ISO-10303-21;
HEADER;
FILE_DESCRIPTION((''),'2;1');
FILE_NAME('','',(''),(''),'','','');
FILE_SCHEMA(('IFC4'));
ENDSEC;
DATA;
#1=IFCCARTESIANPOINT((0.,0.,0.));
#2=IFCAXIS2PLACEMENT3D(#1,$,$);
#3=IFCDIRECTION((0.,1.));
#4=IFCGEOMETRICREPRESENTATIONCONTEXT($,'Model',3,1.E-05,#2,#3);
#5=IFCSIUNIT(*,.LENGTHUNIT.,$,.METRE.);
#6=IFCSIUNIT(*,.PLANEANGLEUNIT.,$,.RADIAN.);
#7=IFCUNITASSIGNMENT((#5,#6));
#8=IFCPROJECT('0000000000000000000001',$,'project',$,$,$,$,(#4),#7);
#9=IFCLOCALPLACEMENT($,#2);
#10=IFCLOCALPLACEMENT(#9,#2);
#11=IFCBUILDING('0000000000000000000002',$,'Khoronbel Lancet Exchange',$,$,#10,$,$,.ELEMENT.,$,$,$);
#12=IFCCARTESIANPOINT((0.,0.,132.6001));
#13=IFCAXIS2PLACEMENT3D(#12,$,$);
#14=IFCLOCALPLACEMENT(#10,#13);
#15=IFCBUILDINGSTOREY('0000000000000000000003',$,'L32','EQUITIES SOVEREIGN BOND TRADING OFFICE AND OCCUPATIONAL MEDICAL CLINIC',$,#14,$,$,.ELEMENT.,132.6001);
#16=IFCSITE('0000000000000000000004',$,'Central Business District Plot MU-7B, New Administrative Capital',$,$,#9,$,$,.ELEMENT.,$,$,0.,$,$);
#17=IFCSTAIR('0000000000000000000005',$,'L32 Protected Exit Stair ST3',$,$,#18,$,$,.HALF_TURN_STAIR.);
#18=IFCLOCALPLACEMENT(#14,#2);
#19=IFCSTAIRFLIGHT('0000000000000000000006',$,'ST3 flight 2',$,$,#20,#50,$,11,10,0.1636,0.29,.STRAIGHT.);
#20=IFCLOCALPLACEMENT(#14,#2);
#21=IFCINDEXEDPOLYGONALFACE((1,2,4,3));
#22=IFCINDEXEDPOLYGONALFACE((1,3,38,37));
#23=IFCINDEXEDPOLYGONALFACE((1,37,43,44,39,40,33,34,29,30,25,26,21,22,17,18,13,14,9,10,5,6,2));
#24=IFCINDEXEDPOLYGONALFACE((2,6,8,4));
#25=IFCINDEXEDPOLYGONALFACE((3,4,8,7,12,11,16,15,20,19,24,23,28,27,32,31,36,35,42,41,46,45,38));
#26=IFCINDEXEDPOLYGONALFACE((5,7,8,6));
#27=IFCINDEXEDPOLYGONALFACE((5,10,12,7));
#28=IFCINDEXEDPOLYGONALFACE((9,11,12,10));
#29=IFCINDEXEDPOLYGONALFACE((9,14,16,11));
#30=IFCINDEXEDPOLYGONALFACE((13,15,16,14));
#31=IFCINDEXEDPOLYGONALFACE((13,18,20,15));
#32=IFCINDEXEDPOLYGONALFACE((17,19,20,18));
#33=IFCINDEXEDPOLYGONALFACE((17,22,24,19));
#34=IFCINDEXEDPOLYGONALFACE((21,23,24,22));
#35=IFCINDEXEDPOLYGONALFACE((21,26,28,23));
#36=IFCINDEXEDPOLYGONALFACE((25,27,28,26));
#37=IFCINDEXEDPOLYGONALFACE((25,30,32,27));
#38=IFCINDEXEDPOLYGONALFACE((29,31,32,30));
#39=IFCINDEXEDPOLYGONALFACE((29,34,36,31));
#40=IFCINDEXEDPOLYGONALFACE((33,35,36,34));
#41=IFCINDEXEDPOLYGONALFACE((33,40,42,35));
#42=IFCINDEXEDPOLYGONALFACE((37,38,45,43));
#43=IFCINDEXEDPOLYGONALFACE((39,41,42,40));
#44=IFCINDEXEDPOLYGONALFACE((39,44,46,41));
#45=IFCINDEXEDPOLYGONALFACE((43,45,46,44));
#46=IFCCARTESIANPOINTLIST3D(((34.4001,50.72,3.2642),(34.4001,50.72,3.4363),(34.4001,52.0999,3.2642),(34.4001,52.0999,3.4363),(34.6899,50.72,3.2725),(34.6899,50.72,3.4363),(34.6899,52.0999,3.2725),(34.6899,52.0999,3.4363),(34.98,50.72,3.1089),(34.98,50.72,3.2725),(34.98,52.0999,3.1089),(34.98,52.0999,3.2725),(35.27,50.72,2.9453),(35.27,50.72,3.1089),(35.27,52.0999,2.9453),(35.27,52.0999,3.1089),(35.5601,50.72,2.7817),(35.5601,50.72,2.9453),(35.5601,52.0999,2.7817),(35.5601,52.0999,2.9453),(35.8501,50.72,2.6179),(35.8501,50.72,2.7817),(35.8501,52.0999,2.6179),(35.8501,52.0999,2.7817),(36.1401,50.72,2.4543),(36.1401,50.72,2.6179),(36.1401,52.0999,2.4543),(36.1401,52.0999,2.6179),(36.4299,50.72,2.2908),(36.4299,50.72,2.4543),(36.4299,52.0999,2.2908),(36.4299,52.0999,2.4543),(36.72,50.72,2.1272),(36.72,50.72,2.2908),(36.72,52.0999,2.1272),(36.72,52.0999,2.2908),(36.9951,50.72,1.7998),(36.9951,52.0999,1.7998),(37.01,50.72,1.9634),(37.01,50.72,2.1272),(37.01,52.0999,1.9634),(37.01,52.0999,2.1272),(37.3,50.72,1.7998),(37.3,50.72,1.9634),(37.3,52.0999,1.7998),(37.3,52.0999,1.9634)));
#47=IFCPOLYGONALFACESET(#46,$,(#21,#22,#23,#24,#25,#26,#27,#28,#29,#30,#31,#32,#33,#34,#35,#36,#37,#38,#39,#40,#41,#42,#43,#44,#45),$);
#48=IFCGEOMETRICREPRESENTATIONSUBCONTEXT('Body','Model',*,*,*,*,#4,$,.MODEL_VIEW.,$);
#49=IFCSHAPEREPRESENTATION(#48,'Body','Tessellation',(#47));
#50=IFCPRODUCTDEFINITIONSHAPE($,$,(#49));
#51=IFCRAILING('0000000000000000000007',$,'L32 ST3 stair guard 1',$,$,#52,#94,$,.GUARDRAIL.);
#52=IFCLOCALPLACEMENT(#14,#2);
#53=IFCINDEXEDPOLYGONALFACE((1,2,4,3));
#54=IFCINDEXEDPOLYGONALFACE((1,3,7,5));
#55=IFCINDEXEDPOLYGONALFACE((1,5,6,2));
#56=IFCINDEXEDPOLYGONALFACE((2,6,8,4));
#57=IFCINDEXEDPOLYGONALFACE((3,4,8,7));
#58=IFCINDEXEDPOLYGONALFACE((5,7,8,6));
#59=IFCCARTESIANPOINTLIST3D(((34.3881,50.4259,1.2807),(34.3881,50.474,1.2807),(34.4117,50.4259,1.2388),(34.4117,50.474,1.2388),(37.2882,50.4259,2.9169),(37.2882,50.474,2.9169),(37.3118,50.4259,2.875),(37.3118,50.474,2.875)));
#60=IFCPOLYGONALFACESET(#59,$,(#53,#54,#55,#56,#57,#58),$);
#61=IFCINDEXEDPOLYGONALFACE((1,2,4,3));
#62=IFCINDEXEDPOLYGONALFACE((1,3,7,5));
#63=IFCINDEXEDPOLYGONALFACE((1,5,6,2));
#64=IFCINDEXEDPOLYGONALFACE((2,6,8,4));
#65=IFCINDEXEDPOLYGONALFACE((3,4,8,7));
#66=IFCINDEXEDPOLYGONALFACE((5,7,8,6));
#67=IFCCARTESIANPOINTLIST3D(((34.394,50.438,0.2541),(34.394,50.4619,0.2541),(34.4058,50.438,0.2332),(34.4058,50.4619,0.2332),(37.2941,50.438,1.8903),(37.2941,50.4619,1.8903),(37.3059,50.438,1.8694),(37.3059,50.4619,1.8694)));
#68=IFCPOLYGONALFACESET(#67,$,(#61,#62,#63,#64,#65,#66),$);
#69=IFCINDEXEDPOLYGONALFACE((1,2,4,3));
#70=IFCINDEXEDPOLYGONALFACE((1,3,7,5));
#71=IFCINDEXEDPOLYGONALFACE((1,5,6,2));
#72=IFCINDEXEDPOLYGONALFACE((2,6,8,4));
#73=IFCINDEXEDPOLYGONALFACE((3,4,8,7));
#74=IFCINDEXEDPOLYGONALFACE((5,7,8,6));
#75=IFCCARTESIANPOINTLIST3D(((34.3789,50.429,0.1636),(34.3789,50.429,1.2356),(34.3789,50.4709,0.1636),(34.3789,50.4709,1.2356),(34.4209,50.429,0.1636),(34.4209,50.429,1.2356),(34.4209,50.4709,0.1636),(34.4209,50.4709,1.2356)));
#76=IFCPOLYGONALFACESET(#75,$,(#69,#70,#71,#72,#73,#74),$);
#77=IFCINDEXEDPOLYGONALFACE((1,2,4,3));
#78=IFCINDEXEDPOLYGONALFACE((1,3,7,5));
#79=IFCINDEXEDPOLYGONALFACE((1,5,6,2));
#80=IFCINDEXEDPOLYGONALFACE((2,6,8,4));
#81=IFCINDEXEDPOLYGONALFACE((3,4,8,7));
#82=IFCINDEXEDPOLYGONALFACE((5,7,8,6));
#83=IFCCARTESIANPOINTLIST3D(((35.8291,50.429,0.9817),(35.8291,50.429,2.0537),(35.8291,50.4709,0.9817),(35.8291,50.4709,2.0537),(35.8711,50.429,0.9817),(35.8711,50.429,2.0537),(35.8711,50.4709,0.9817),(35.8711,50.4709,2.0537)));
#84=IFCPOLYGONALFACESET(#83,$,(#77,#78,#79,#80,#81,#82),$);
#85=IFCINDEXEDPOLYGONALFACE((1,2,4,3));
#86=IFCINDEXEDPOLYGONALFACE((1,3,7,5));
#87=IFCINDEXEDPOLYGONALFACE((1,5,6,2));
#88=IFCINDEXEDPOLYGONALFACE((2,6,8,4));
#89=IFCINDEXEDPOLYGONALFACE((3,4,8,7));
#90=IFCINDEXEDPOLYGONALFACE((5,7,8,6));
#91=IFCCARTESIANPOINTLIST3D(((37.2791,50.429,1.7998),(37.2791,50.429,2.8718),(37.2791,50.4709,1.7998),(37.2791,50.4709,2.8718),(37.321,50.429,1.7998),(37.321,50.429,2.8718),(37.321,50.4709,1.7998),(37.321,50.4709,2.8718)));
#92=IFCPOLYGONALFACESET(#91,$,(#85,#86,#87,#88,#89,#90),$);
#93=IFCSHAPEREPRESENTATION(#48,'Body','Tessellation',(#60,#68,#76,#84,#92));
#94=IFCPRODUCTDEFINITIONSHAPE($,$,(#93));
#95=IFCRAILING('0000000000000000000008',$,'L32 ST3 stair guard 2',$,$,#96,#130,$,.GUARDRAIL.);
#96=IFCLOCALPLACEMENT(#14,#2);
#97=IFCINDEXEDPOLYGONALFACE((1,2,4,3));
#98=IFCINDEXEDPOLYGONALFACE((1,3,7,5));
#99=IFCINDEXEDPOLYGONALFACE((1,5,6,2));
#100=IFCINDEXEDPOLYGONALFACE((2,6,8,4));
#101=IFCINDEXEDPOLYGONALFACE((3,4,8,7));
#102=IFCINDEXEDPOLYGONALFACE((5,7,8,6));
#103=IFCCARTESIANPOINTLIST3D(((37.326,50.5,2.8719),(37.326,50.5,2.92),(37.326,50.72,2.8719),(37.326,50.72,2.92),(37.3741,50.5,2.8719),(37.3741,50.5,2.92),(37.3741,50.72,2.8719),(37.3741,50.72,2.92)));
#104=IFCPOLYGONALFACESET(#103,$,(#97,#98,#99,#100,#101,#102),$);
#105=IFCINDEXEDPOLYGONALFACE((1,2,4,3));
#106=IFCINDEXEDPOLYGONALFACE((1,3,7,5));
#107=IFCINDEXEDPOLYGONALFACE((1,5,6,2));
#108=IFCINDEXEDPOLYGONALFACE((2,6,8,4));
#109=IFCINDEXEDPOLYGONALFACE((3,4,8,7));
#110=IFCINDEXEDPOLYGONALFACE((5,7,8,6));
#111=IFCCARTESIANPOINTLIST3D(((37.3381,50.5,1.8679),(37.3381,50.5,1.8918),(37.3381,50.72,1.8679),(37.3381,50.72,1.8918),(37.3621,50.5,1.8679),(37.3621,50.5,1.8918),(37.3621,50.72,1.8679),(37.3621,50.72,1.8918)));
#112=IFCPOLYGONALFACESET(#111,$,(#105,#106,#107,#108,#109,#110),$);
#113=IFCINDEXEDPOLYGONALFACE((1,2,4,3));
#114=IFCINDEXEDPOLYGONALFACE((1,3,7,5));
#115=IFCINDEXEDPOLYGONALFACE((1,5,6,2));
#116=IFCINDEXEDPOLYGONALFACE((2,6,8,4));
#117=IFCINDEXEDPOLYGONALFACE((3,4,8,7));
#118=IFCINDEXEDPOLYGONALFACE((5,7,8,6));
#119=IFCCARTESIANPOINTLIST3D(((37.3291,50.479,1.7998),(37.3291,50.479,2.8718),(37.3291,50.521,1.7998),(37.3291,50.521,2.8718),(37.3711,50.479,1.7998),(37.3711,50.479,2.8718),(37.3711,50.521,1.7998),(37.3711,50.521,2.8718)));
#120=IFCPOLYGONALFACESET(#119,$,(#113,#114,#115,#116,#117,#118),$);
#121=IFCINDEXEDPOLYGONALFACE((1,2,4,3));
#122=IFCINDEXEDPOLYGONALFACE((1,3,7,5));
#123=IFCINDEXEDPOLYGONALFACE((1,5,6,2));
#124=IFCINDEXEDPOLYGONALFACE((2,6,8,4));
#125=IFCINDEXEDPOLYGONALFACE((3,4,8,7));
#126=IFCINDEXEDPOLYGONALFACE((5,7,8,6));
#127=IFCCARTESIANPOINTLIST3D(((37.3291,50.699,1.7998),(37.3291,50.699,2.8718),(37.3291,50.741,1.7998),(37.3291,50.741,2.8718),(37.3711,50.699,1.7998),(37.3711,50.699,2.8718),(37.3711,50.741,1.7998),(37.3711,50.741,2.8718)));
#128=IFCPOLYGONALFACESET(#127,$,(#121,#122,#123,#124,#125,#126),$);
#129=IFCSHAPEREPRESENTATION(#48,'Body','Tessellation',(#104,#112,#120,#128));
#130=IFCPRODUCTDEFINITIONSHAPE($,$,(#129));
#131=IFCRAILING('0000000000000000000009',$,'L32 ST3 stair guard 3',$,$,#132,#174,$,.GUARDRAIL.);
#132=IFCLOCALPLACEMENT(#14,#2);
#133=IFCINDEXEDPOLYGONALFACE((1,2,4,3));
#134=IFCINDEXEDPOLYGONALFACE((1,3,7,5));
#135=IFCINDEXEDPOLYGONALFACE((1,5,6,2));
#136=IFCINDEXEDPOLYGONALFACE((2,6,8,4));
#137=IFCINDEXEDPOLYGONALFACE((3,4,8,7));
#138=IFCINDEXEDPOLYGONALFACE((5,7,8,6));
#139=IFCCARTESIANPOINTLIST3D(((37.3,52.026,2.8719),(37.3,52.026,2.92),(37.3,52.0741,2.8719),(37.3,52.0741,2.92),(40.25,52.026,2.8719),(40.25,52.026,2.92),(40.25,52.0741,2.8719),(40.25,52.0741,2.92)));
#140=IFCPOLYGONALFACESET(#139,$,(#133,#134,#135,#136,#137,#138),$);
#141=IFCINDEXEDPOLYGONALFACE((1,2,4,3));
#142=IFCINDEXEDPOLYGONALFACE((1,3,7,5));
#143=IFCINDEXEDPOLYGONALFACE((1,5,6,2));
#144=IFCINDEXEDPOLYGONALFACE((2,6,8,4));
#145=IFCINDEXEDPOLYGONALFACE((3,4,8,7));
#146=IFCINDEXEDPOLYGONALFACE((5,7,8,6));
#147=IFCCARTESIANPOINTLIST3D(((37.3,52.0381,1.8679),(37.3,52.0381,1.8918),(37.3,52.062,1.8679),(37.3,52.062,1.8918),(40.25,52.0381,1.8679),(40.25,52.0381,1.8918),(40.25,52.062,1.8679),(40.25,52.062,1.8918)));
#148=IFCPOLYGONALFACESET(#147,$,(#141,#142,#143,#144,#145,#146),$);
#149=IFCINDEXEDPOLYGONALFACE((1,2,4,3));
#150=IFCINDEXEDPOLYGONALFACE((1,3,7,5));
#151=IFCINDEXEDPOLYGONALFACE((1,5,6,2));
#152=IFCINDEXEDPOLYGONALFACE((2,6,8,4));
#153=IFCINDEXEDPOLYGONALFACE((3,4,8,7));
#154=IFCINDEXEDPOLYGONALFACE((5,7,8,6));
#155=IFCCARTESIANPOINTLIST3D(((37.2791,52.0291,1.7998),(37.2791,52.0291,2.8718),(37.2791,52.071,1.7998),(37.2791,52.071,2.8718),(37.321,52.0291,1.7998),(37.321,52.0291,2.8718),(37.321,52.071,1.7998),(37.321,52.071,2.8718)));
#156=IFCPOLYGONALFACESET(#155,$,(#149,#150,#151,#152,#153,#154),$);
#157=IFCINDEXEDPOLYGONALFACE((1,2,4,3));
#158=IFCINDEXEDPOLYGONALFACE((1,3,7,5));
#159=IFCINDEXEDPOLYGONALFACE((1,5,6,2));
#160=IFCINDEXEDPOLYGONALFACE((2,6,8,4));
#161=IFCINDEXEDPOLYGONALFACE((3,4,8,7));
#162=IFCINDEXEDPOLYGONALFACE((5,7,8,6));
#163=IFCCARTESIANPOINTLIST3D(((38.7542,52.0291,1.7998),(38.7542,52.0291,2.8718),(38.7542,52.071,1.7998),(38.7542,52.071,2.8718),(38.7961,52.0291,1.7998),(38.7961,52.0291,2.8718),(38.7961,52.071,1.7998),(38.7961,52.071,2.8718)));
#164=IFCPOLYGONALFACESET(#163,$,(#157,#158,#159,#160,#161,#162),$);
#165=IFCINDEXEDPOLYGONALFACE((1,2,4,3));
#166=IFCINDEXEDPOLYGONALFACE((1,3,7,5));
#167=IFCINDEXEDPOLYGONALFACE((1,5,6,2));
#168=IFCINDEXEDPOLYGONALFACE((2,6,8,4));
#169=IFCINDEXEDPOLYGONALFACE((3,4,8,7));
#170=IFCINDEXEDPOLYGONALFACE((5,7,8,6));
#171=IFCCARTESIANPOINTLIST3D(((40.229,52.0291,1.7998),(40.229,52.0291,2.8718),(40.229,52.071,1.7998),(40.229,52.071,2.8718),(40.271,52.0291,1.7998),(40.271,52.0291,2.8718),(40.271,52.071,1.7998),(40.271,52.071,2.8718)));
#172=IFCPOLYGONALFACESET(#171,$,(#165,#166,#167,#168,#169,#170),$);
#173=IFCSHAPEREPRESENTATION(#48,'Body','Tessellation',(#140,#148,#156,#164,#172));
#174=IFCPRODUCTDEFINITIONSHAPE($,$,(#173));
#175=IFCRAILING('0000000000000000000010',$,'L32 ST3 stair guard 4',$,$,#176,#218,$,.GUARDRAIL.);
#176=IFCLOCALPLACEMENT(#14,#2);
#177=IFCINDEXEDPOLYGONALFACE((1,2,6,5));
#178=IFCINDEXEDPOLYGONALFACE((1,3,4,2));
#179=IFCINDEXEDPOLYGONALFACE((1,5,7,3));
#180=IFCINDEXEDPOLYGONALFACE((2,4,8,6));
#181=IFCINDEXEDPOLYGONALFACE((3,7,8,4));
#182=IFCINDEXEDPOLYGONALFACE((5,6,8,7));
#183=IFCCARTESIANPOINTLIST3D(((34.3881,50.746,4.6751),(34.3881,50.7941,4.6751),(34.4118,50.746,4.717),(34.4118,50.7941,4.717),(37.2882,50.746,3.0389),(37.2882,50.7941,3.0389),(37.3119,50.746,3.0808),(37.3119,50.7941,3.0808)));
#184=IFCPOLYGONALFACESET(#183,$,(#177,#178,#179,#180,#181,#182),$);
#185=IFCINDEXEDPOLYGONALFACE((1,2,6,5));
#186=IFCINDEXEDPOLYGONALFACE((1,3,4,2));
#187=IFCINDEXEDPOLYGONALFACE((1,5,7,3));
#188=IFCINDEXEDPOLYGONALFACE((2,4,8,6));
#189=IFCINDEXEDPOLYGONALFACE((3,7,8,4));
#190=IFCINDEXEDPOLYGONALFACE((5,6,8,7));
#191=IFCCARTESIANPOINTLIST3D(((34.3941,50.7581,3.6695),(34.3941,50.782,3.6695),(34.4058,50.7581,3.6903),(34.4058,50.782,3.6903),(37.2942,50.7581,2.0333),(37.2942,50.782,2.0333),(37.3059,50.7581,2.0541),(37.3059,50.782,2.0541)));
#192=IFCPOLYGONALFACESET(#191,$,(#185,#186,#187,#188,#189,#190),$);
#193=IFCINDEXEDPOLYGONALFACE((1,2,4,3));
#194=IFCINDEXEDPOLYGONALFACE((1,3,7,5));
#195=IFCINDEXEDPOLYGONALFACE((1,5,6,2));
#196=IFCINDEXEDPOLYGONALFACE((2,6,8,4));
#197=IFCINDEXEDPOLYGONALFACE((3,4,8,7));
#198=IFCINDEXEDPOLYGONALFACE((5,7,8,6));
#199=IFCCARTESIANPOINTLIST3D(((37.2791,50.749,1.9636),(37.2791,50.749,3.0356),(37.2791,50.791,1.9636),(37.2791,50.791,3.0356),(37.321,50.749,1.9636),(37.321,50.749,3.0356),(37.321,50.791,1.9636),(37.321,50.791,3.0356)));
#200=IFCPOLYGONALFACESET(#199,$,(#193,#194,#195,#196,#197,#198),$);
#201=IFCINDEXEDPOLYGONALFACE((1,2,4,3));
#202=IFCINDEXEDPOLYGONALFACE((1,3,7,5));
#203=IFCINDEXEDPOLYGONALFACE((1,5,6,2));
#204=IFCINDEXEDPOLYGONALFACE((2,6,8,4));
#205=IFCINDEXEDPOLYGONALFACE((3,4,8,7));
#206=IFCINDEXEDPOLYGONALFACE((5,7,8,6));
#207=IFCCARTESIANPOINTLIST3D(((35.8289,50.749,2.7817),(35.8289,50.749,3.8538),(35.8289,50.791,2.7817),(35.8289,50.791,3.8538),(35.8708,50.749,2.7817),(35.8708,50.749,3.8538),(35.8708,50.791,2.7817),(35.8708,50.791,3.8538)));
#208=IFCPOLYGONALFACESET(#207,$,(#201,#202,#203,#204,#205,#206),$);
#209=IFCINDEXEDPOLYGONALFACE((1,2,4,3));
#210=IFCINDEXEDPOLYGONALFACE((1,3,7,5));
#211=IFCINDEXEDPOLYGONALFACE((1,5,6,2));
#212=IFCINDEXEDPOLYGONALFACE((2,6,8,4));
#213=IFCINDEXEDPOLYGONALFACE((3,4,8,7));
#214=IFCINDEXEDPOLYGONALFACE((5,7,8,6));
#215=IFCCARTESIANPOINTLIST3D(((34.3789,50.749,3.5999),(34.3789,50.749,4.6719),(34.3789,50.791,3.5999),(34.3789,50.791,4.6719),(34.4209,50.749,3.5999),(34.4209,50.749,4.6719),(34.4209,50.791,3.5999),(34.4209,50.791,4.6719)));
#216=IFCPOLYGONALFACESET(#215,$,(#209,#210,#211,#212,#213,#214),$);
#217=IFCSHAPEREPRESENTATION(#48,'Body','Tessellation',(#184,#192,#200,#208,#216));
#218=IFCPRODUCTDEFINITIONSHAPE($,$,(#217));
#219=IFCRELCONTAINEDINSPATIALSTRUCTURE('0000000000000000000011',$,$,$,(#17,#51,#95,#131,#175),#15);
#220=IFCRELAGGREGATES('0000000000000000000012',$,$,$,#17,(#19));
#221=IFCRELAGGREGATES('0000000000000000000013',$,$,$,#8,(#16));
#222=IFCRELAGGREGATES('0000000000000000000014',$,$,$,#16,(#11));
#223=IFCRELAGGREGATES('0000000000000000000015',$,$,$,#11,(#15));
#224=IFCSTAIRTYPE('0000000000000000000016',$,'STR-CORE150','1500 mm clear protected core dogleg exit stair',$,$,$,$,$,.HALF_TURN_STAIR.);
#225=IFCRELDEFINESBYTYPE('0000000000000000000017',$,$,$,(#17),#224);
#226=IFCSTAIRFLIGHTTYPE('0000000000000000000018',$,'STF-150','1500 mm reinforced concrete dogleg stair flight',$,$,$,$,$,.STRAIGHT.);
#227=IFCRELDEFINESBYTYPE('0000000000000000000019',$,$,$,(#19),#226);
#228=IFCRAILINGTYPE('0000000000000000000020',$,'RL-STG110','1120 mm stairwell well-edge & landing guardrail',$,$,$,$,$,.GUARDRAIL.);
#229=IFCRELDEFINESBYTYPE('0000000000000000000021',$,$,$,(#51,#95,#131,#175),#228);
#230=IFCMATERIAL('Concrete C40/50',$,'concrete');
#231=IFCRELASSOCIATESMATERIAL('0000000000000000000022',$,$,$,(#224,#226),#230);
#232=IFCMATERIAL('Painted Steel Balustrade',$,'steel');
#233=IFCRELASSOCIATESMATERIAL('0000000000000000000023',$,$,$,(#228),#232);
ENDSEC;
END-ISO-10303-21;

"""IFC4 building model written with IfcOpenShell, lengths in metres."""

from ifc_helpers import new_model, si_unit, direction, frame, origin, origin_2d, place, context, subcontext, project, spatial, polyline, rectangle, outline, extrude, material, type_object, element, aggregate, save


model = new_model("IFC4")

# Units and contexts
model_context = context("Model", 3, precision=1e-05, world=origin(), true_north=direction((0.0, 1.0)))
body_context = subcontext(model_context, "Body", "Model", "MODEL_VIEW")
ifc_project = project(units=[si_unit("LENGTHUNIT", "METRE"), si_unit("PLANEANGLEUNIT", "RADIAN")], contexts=[model_context])

# Site, building, storey
site_placement = place(None, origin())
site = spatial("IfcSite", under=ifc_project, at=site_placement, Name="Central Business District Plot MU-7B, New Administrative Capital", CompositionType="ELEMENT", RefElevation=0.0)
building_placement = place(site_placement, origin())
building = spatial("IfcBuilding", under=site, at=building_placement, Name="Khoronbel Lancet Exchange", CompositionType="ELEMENT")
storey_placement = place(building_placement, frame((0.0, 0.0, 132.6001)))
storey = spatial("IfcBuildingStorey", under=building, at=storey_placement, Name="L32", Description="EQUITIES SOVEREIGN BOND TRADING OFFICE AND OCCUPATIONAL MEDICAL CLINIC", CompositionType="ELEMENT", Elevation=132.6001)

# Stair, stair flight
ifc_material_1 = material(Name="Concrete C40/50", Category="concrete")
stair_type = type_object("IfcStairType", Name="STR-CORE150", Description="1500 mm clear protected core dogleg exit stair", PredefinedType="HALF_TURN_STAIR", material=ifc_material_1)
stair_placement = place(storey_placement, origin())
stair = element("IfcStair", 1, at=stair_placement, inside=storey, type_object=stair_type, Name="L32 Protected Exit Stair ST3", PredefinedType="HALF_TURN_STAIR")
stair_flight_type = type_object("IfcStairFlightType", Name="STF-150", Description="1500 mm reinforced concrete dogleg stair flight", PredefinedType="STRAIGHT", material=ifc_material_1)
stair_flight_1_placement = place(storey_placement, frame((37.3, 51.4099, 1.7998), z_axis=(0.0, 0.0, 1.0), x_axis=(-1.0, 0.0, 0.0)))
stair_flight_1 = element("IfcStairFlight", 2, at=stair_flight_1_placement, type_object=stair_flight_type, Name="ST3 flight 2", NumberOfRisers=11, NumberOfTreads=10, PredefinedType="STRAIGHT", RiserHeight=0.1636, TreadLength=0.29, context=body_context, shape_type="SweptSolid", body=[
    extrude(outline(polyline([(0.0, 0.0), (0.0, 0.1636), (0.29, 0.1636), (0.29, 0.3274), (0.5801, 0.3274), (0.5801, 0.491), (0.8701, 0.491), (0.8701, 0.6545), (1.1599, 0.6545), (1.1599, 0.8181), (1.45, 0.8181), (1.45, 0.9819), (1.74, 0.9819), (1.74, 1.1455), (2.03, 1.1455), (2.03, 1.3091), (2.3201, 1.3091), (2.3201, 1.4727), (2.6101, 1.4727), (2.6101, 1.6365), (2.8999, 1.6365), (2.8999, 1.8), (2.8999, 1.4644), (0.3049, 0.0), (0.0, 0.0)])), frame((0.0, 0.6899, 0.0), z_axis=(0.0, -1.0, 0.0), x_axis=(1.0, 0.0, 0.0)), (0.0, 0.0, 1.0), 1.3799),
])
aggregate(stair, [stair_flight_1])

# Railings
ifc_material_2 = material(Name="Painted Steel Balustrade", Category="steel")
railing_type_1 = type_object("IfcRailingType", Name="RL-STG110", Description="1120 mm stairwell well-edge & landing guardrail", PredefinedType="GUARDRAIL", material=ifc_material_2)
railing_1_placement = place(storey_placement, frame((34.3999, 50.45, 0.1636)))
element("IfcRailing", 3, at=railing_1_placement, inside=storey, type_object=railing_type_1, Name="L32 ST3 stair guard 1", PredefinedType="GUARDRAIL", context=body_context, shape_type="SweptSolid", body=[
    extrude(rectangle(XDim=0.0481, YDim=0.0481, at=origin_2d()), frame((0.0, 0.0, 1.0962), z_axis=(0.870946, 0.0, 0.491378), x_axis=(0.0, 1.0, 0.0)), (0.0, 0.0, 1.0), 3.3298),
    extrude(rectangle(XDim=0.0239, YDim=0.0239, at=origin_2d()), frame((0.0, 0.0, 0.0801), z_axis=(0.870946, 0.0, 0.491378), x_axis=(0.0, 1.0, 0.0)), (0.0, 0.0, 1.0), 3.3298),
    extrude(rectangle(XDim=0.042, YDim=0.042, at=origin_2d()), origin(), (0.0, 0.0, 1.0), 1.072),
    extrude(rectangle(XDim=0.042, YDim=0.042, at=origin_2d()), frame((1.4502, 0.0, 0.8181)), (0.0, 0.0, 1.0), 1.072),
    extrude(rectangle(XDim=0.042, YDim=0.042, at=origin_2d()), frame((2.9001, 0.0, 1.6362)), (0.0, 0.0, 1.0), 1.072),
])
railing_2_placement = place(storey_placement, frame((37.3501, 50.5, 1.7998)))
element("IfcRailing", 4, at=railing_2_placement, inside=storey, type_object=railing_type_1, Name="L32 ST3 stair guard 2", PredefinedType="GUARDRAIL", context=body_context, shape_type="SweptSolid", body=[
    extrude(rectangle(XDim=0.0481, YDim=0.0481, at=origin_2d()), frame((0.0, 0.0, 1.0962), z_axis=(0.0, 1.0, 0.0), x_axis=(-1.0, 0.0, 0.0)), (0.0, 0.0, 1.0), 0.22),
    extrude(rectangle(XDim=0.0239, YDim=0.0239, at=origin_2d()), frame((0.0, 0.0, 0.0801), z_axis=(0.0, 1.0, 0.0), x_axis=(-1.0, 0.0, 0.0)), (0.0, 0.0, 1.0), 0.22),
    extrude(rectangle(XDim=0.042, YDim=0.042, at=origin_2d()), origin(), (0.0, 0.0, 1.0), 1.072),
    extrude(rectangle(XDim=0.042, YDim=0.042, at=origin_2d()), frame((0.0, 0.22, 0.0)), (0.0, 0.0, 1.0), 1.072),
])
railing_3_placement = place(storey_placement, frame((37.3, 52.05, 1.7998)))
element("IfcRailing", 5, at=railing_3_placement, inside=storey, type_object=railing_type_1, Name="L32 ST3 stair guard 3", PredefinedType="GUARDRAIL", context=body_context, shape_type="SweptSolid", body=[
    extrude(rectangle(XDim=0.0481, YDim=0.0481, at=origin_2d()), frame((0.0, 0.0, 1.0962), z_axis=(1.0, 0.0, 0.0), x_axis=(0.0, 1.0, 0.0)), (0.0, 0.0, 1.0), 2.95),
    extrude(rectangle(XDim=0.0239, YDim=0.0239, at=origin_2d()), frame((0.0, 0.0, 0.0801), z_axis=(1.0, 0.0, 0.0), x_axis=(0.0, 1.0, 0.0)), (0.0, 0.0, 1.0), 2.95),
    extrude(rectangle(XDim=0.042, YDim=0.042, at=origin_2d()), origin(), (0.0, 0.0, 1.0), 1.072),
    extrude(rectangle(XDim=0.042, YDim=0.042, at=origin_2d()), frame((1.4751, 0.0, 0.0)), (0.0, 0.0, 1.0), 1.072),
    extrude(rectangle(XDim=0.042, YDim=0.042, at=origin_2d()), frame((2.95, 0.0, 0.0)), (0.0, 0.0, 1.0), 1.072),
])
railing_4_placement = place(storey_placement, frame((37.3, 50.77, 1.9636)))
element("IfcRailing", 6, at=railing_4_placement, inside=storey, type_object=railing_type_1, Name="L32 ST3 stair guard 4", PredefinedType="GUARDRAIL", context=body_context, shape_type="SweptSolid", body=[
    extrude(rectangle(XDim=0.0481, YDim=0.0481, at=origin_2d()), frame((0.0, 0.0, 1.0962), z_axis=(-0.870946, 0.0, 0.491378), x_axis=(0.0, -1.0, 0.0)), (0.0, 0.0, 1.0), 3.3298),
    extrude(rectangle(XDim=0.0239, YDim=0.0239, at=origin_2d()), frame((0.0, 0.0, 0.0801), z_axis=(-0.870946, 0.0, 0.491378), x_axis=(0.0, -1.0, 0.0)), (0.0, 0.0, 1.0), 3.3298),
    extrude(rectangle(XDim=0.042, YDim=0.042, at=origin_2d()), origin(), (0.0, 0.0, 1.0), 1.072),
    extrude(rectangle(XDim=0.042, YDim=0.042, at=origin_2d()), frame((-1.4502, 0.0, 0.8181)), (0.0, 0.0, 1.0), 1.072),
    extrude(rectangle(XDim=0.042, YDim=0.042, at=origin_2d()), frame((-2.9001, 0.0, 1.6362)), (0.0, 0.0, 1.0), 1.072),
])

save(model, "model.ifc")
